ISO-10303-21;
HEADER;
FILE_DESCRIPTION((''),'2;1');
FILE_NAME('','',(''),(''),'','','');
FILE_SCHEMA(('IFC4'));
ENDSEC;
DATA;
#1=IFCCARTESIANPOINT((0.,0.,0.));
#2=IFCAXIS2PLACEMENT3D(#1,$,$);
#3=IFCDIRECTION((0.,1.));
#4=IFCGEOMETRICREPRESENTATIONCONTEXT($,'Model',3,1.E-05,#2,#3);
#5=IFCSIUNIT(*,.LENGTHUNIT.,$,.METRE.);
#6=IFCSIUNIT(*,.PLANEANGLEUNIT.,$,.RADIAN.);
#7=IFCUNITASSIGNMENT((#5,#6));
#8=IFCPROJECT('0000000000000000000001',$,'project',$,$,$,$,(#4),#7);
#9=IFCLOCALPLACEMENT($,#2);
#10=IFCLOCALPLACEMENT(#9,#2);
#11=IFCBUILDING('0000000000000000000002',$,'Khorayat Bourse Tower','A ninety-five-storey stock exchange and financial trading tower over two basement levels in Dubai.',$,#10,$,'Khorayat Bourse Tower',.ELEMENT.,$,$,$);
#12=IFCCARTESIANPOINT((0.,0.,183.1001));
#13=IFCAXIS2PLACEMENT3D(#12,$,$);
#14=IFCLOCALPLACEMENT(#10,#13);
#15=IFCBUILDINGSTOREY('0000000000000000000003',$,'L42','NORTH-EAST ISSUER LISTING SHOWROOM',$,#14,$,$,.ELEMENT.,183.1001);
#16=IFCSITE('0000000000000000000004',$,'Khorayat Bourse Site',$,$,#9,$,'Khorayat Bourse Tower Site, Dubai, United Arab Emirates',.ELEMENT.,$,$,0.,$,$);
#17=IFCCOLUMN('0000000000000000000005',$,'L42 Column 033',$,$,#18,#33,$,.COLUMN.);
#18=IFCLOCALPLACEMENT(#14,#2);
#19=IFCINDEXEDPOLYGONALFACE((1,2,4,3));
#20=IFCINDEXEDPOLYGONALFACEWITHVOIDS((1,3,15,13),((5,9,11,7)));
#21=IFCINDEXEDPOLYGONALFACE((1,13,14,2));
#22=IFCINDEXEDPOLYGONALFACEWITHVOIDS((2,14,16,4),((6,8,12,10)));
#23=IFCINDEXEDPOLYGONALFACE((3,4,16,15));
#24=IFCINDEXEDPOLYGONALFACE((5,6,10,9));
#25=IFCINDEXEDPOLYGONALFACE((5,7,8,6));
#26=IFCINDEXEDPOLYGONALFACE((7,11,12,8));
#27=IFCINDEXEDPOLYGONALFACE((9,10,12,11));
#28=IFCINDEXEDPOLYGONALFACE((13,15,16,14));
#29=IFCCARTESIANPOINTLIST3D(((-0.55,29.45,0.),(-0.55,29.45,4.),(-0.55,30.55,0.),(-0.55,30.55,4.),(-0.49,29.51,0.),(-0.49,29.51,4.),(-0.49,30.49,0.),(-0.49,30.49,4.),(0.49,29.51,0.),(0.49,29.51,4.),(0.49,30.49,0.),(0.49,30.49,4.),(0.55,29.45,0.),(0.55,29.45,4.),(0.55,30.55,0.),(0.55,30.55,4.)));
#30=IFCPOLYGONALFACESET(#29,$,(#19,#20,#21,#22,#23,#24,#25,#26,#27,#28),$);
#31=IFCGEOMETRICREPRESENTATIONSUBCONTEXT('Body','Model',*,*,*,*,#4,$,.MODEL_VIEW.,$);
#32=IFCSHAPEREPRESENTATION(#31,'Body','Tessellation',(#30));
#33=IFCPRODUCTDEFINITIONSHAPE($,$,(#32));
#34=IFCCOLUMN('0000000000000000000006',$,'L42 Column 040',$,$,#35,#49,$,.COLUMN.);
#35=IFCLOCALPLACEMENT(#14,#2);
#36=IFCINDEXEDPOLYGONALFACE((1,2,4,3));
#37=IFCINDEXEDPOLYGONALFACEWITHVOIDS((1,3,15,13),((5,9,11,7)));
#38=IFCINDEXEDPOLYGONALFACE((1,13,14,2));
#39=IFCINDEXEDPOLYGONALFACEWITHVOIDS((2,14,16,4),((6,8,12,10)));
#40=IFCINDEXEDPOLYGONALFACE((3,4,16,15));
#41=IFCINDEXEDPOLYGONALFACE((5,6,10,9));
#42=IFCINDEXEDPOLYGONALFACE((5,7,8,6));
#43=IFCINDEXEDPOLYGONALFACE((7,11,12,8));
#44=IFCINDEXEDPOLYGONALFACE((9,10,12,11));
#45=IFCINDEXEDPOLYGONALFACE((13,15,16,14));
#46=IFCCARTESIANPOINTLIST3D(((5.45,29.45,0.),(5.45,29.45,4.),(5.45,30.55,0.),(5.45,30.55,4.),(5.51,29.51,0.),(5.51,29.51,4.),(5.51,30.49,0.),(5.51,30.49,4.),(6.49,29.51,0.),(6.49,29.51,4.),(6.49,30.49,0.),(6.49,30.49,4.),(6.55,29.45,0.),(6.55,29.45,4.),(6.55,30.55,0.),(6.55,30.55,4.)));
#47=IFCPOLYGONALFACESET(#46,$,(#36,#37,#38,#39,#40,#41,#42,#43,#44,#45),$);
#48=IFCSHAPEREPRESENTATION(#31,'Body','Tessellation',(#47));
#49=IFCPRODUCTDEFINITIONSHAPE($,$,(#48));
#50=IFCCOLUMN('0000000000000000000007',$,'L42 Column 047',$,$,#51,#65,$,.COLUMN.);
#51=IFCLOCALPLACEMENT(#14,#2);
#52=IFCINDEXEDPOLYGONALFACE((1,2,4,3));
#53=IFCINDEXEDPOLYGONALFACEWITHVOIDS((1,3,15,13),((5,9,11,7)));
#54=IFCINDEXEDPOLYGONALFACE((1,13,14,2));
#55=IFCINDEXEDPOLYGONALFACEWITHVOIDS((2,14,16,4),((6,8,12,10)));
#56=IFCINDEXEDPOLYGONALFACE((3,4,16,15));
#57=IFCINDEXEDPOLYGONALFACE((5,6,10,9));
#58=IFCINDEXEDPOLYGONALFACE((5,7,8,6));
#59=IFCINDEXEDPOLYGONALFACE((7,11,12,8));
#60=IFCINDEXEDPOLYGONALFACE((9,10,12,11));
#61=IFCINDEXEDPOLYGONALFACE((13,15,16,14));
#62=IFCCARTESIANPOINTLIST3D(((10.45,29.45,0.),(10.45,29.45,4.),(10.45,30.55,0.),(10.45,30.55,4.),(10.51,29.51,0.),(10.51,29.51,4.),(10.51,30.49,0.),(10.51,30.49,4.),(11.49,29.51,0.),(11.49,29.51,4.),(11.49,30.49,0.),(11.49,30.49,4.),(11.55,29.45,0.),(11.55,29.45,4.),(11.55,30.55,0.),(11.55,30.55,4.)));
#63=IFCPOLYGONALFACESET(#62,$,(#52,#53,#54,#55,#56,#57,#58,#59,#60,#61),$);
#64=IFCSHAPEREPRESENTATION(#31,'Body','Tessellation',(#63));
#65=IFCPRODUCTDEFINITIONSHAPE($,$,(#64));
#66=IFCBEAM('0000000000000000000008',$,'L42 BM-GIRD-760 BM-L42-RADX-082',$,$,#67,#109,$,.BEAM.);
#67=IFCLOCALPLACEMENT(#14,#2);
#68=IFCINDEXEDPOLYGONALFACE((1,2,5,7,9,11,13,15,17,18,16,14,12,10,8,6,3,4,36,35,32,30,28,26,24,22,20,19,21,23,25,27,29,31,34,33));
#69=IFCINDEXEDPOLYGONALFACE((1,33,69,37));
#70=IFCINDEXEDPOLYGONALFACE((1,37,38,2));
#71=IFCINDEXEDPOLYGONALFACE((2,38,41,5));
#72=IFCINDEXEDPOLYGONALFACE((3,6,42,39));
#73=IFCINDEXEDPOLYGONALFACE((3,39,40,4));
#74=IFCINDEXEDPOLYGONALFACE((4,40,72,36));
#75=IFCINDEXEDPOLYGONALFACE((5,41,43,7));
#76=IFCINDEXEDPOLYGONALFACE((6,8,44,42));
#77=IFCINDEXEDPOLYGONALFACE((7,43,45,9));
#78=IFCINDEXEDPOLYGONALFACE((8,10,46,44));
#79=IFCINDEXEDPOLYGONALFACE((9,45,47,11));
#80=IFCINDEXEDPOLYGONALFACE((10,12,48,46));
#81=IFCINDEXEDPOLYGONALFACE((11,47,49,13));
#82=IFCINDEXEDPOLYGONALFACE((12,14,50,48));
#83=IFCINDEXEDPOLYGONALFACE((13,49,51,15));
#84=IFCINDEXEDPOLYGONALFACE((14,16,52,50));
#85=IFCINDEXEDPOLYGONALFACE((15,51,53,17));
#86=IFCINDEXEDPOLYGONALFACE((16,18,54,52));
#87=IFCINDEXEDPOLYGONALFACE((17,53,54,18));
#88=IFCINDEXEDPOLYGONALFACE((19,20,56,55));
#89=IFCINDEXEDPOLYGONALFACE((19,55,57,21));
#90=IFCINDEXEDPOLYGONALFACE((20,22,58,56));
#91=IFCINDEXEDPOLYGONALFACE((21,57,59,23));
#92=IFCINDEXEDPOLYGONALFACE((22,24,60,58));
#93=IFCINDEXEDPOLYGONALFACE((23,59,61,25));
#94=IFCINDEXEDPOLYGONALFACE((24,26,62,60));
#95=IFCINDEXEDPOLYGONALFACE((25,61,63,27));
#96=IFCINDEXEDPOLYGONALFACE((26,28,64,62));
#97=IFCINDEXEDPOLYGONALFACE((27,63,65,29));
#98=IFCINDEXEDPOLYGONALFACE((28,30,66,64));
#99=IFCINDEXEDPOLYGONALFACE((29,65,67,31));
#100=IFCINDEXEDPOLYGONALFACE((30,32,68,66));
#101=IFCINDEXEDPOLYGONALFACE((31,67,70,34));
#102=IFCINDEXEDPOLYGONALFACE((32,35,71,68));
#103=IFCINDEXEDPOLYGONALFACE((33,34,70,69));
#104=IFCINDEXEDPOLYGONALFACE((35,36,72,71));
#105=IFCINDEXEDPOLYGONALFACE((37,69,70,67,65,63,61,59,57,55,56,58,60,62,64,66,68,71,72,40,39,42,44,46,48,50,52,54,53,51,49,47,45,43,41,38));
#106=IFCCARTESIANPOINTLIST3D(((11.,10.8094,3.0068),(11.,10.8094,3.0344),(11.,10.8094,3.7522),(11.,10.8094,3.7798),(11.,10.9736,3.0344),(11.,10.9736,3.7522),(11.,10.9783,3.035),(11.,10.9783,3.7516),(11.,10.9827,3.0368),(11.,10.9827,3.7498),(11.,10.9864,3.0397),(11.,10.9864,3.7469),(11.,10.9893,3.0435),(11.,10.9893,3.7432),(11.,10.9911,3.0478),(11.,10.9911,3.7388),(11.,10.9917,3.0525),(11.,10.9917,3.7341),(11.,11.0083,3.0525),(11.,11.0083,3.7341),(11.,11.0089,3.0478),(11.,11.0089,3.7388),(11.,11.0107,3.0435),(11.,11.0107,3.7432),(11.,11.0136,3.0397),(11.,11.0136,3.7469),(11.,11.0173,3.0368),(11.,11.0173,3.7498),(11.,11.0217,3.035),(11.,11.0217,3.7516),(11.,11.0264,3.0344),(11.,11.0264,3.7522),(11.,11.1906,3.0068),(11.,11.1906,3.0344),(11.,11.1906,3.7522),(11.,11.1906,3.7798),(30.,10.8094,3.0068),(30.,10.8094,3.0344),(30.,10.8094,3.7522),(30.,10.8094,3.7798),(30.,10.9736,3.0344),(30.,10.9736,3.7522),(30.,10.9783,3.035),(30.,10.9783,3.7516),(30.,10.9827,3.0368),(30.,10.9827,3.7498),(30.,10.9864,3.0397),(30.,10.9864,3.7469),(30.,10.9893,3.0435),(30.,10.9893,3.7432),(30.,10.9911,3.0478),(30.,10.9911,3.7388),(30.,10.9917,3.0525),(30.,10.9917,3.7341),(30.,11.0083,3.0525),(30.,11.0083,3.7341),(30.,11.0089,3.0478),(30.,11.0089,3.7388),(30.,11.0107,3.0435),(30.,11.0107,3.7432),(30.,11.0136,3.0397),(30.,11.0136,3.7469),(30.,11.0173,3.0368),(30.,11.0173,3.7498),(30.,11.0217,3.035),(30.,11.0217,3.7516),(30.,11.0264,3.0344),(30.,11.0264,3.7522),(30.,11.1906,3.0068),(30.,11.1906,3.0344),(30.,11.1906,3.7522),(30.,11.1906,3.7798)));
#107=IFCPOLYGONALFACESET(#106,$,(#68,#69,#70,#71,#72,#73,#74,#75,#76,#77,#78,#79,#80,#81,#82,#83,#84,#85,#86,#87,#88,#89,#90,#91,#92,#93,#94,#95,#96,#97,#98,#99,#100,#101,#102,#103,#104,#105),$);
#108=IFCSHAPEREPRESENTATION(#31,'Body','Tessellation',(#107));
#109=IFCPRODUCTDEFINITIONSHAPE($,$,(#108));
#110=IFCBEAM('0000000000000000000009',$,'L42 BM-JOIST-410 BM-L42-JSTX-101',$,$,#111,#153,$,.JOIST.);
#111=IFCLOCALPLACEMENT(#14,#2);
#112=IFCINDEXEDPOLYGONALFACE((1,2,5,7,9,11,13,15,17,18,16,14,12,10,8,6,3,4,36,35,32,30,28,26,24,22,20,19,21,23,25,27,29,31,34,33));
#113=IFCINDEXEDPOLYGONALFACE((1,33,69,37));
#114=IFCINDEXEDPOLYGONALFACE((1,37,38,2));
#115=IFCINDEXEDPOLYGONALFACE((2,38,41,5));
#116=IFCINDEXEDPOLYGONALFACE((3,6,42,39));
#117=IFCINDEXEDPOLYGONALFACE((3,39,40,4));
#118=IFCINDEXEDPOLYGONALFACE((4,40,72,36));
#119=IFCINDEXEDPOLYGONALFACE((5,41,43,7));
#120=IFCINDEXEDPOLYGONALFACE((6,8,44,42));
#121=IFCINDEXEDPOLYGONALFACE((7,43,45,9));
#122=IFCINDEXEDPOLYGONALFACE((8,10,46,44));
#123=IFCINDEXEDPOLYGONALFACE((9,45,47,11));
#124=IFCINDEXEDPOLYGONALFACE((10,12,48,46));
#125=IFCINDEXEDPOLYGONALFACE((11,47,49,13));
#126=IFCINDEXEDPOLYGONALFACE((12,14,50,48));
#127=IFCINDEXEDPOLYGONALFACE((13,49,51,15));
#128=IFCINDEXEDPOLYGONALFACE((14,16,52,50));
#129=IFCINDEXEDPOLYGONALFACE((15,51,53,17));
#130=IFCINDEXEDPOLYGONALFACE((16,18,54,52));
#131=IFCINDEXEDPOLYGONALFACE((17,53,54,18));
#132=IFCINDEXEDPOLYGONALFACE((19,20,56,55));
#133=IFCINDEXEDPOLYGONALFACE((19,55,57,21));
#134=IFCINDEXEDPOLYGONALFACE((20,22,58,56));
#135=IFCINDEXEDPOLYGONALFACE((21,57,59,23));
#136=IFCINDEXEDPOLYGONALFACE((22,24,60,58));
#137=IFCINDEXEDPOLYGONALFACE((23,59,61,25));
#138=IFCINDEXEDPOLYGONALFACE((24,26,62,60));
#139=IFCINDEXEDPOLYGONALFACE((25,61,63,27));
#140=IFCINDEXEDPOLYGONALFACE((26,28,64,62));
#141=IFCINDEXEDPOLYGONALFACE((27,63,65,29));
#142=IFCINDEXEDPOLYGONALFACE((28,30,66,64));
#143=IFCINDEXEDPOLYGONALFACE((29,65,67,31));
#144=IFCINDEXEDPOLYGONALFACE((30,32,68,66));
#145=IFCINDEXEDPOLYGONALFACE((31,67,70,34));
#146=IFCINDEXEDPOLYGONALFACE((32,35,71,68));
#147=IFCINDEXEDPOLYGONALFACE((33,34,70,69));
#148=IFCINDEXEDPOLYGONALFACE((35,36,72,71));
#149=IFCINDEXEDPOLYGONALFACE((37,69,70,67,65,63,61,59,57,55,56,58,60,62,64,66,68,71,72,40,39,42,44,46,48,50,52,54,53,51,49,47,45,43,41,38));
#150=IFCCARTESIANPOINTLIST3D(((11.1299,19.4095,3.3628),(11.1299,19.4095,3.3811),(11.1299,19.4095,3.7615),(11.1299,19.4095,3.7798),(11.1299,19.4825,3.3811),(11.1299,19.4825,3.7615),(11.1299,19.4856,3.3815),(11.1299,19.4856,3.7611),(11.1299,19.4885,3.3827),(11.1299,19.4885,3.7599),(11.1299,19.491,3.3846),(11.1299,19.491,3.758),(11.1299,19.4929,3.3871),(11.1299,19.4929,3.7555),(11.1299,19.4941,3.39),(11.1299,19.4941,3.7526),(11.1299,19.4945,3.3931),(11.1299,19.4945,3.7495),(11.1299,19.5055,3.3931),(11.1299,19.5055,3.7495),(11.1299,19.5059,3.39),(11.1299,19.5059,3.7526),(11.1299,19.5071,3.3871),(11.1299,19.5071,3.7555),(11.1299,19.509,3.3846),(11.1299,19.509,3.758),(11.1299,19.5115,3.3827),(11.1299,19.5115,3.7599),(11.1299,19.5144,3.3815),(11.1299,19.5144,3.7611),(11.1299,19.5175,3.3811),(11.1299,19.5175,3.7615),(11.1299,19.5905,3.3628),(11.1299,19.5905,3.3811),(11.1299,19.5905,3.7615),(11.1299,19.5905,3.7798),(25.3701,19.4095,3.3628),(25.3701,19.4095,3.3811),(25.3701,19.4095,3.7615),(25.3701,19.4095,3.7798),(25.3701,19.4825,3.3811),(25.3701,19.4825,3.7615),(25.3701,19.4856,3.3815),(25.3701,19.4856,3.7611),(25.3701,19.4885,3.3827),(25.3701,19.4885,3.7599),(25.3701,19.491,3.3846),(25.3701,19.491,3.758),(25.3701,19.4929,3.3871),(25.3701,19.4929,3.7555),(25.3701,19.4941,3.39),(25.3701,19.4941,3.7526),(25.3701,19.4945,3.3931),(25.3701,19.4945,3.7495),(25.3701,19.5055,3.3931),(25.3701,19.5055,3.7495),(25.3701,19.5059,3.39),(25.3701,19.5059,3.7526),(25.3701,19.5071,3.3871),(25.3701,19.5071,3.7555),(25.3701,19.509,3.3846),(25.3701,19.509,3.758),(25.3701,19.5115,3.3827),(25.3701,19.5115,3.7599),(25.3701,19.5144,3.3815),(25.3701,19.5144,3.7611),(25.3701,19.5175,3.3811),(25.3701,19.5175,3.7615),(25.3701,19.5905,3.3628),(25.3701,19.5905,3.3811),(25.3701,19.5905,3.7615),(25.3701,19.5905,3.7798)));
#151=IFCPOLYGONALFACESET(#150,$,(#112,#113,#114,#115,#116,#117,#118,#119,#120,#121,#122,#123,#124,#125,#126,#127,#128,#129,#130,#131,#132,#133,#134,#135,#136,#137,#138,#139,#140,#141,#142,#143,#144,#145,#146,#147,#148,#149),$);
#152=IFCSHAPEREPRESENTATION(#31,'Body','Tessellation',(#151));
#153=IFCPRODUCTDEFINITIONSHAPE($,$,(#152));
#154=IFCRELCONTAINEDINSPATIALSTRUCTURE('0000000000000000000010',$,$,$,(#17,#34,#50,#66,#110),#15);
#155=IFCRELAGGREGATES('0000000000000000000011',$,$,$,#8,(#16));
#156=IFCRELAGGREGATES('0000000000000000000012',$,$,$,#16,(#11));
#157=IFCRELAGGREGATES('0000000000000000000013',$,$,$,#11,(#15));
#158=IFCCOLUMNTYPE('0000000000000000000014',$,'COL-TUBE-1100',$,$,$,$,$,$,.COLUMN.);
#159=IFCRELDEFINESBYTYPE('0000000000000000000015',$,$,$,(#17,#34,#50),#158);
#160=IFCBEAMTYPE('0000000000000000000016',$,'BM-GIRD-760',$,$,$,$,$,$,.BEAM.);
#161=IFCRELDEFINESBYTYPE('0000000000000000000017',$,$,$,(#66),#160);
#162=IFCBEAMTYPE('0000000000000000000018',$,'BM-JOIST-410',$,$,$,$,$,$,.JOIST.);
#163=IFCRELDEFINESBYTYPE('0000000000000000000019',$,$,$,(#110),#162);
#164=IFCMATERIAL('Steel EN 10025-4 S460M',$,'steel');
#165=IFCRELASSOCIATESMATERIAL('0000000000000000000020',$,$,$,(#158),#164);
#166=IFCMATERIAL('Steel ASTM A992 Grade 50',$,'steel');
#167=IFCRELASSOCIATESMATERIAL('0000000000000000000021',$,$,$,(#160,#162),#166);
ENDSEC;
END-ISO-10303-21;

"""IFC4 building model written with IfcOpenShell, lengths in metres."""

from ifc_helpers import new_model, si_unit, direction, frame, origin, origin_2d, place, context, subcontext, project, spatial, hollow_rectangle, i_section, extrude, source, transform, mapped, material, material_profile, profile_set, type_object, element, save


model = new_model("IFC4")

# Units and contexts
model_context = context("Model", 3, precision=1e-05, world=origin(), true_north=direction((0.0, 1.0)))
body_context = subcontext(model_context, "Body", "Model", "MODEL_VIEW")
ifc_project = project(units=[si_unit("LENGTHUNIT", "METRE"), si_unit("PLANEANGLEUNIT", "RADIAN")], contexts=[model_context])

# Site, building, storey
site_placement = place(None, origin())
site = spatial("IfcSite", under=ifc_project, at=site_placement, Name="Khorayat Bourse Site", LongName="Khorayat Bourse Tower Site, Dubai, United Arab Emirates", CompositionType="ELEMENT", RefElevation=0.0)
building_placement = place(site_placement, origin())
building = spatial("IfcBuilding", under=site, at=building_placement, Name="Khorayat Bourse Tower", Description="A ninety-five-storey stock exchange and financial trading tower over two basement levels in Dubai.", LongName="Khorayat Bourse Tower", CompositionType="ELEMENT")
storey_placement = place(building_placement, frame((0.0, 0.0, 183.1001)))
storey = spatial("IfcBuildingStorey", under=building, at=storey_placement, Name="L42", Description="NORTH-EAST ISSUER LISTING SHOWROOM", CompositionType="ELEMENT", Elevation=183.1001)

# Columns
ifc_material_1 = material(Name="Steel EN 10025-4 S460M", Category="steel")
ifc_material_profile_1 = material_profile(ifc_material_1, hollow_rectangle(XDim=1.1001, YDim=1.1001, WallThickness=0.0601, at=origin_2d()), Name="BOX 1100x1100x60")
ifc_profile_set_1 = profile_set([ifc_material_profile_1], Name="Steel EN 10025-4 S460M")
column_type = type_object("IfcColumnType", Name="COL-TUBE-1100", PredefinedType="COLUMN", material=ifc_profile_set_1)
shared_shape_1 = source(origin(), body_context, "Body", "SweptSolid", [
    extrude(hollow_rectangle(XDim=1.1001, YDim=1.1001, WallThickness=0.0601, at=origin_2d()), origin(), (0.0, 0.0, 1.0), 4.0),
])
for number, where, z_axis, x_axis, name in (
    (1, (0.0, 30.0, 0.0), (0.0, 0.0, 1.0), (1.0, 0.0, 0.0), "L42 Column 033"),
    (2, (6.0, 30.0, 0.0), (0.0, 0.0, 1.0), (1.0, 0.0, 0.0), "L42 Column 040"),
    (3, (11.0, 30.0, 0.0), (0.0, 0.0, 1.0), (1.0, 0.0, 0.0), "L42 Column 047"),
):
    element("IfcColumn", number, at=place(storey_placement, frame(where, z_axis=z_axis, x_axis=x_axis)), inside=storey, type_object=column_type, Name=name, PredefinedType="COLUMN", context=body_context, shape_type="MappedRepresentation", body=[
        mapped(shared_shape_1, transform((0.0, 0.0, 0.0), scale=1.0)),
    ])

# Beams
ifc_material_2 = material(Name="Steel ASTM A992 Grade 50", Category="steel")
ifc_material_profile_2 = material_profile(ifc_material_2, i_section(OverallWidth=0.3811, OverallDepth=0.7729, WebThickness=0.0166, FlangeThickness=0.0276, FilletRadius=0.0181, at=origin_2d()), Name="W760X257")
ifc_profile_set_2 = profile_set([ifc_material_profile_2], Name="Steel ASTM A992 Grade 50")
beam_type_1 = type_object("IfcBeamType", Name="BM-GIRD-760", PredefinedType="BEAM", material=ifc_profile_set_2)
shared_shape_2 = source(origin(), body_context, "Body", "SweptSolid", [
    extrude(i_section(OverallWidth=0.3811, OverallDepth=0.7729, WebThickness=0.0166, FlangeThickness=0.0276, FilletRadius=0.0181, at=origin_2d()), origin(), (0.0, 0.0, 1.0), 19.0),
])
beam_1_placement = place(storey_placement, frame((11.0, 11.0, 3.3933), z_axis=(1.0, 0.0, 0.0), x_axis=(0.0, 1.0, 0.0)))
element("IfcBeam", 4, at=beam_1_placement, inside=storey, type_object=beam_type_1, Name="L42 BM-GIRD-760 BM-L42-RADX-082", PredefinedType="BEAM", context=body_context, shape_type="MappedRepresentation", body=[
    mapped(shared_shape_2, transform((0.0, 0.0, 0.0), scale=1.0)),
])
ifc_material_profile_3 = material_profile(ifc_material_2, i_section(OverallWidth=0.1809, OverallDepth=0.417, WebThickness=0.011, FlangeThickness=0.0183, FilletRadius=0.012, at=origin_2d()), Name="W410X85")
ifc_profile_set_3 = profile_set([ifc_material_profile_3], Name="Steel ASTM A992 Grade 50")
beam_type_2 = type_object("IfcBeamType", Name="BM-JOIST-410", PredefinedType="JOIST", material=ifc_profile_set_3)
shared_shape_3 = source(origin(), body_context, "Body", "SweptSolid", [
    extrude(i_section(OverallWidth=0.1809, OverallDepth=0.417, WebThickness=0.011, FlangeThickness=0.0183, FilletRadius=0.012, at=origin_2d()), origin(), (0.0, 0.0, 1.0), 14.2402),
])
beam_2_placement = place(storey_placement, frame((11.1299, 19.5, 3.5713), z_axis=(1.0, 0.0, 0.0), x_axis=(0.0, 1.0, 0.0)))
element("IfcBeam", 5, at=beam_2_placement, inside=storey, type_object=beam_type_2, Name="L42 BM-JOIST-410 BM-L42-JSTX-101", PredefinedType="JOIST", context=body_context, shape_type="MappedRepresentation", body=[
    mapped(shared_shape_3, transform((0.0, 0.0, 0.0), scale=1.0)),
])

save(model, "model.ifc")
